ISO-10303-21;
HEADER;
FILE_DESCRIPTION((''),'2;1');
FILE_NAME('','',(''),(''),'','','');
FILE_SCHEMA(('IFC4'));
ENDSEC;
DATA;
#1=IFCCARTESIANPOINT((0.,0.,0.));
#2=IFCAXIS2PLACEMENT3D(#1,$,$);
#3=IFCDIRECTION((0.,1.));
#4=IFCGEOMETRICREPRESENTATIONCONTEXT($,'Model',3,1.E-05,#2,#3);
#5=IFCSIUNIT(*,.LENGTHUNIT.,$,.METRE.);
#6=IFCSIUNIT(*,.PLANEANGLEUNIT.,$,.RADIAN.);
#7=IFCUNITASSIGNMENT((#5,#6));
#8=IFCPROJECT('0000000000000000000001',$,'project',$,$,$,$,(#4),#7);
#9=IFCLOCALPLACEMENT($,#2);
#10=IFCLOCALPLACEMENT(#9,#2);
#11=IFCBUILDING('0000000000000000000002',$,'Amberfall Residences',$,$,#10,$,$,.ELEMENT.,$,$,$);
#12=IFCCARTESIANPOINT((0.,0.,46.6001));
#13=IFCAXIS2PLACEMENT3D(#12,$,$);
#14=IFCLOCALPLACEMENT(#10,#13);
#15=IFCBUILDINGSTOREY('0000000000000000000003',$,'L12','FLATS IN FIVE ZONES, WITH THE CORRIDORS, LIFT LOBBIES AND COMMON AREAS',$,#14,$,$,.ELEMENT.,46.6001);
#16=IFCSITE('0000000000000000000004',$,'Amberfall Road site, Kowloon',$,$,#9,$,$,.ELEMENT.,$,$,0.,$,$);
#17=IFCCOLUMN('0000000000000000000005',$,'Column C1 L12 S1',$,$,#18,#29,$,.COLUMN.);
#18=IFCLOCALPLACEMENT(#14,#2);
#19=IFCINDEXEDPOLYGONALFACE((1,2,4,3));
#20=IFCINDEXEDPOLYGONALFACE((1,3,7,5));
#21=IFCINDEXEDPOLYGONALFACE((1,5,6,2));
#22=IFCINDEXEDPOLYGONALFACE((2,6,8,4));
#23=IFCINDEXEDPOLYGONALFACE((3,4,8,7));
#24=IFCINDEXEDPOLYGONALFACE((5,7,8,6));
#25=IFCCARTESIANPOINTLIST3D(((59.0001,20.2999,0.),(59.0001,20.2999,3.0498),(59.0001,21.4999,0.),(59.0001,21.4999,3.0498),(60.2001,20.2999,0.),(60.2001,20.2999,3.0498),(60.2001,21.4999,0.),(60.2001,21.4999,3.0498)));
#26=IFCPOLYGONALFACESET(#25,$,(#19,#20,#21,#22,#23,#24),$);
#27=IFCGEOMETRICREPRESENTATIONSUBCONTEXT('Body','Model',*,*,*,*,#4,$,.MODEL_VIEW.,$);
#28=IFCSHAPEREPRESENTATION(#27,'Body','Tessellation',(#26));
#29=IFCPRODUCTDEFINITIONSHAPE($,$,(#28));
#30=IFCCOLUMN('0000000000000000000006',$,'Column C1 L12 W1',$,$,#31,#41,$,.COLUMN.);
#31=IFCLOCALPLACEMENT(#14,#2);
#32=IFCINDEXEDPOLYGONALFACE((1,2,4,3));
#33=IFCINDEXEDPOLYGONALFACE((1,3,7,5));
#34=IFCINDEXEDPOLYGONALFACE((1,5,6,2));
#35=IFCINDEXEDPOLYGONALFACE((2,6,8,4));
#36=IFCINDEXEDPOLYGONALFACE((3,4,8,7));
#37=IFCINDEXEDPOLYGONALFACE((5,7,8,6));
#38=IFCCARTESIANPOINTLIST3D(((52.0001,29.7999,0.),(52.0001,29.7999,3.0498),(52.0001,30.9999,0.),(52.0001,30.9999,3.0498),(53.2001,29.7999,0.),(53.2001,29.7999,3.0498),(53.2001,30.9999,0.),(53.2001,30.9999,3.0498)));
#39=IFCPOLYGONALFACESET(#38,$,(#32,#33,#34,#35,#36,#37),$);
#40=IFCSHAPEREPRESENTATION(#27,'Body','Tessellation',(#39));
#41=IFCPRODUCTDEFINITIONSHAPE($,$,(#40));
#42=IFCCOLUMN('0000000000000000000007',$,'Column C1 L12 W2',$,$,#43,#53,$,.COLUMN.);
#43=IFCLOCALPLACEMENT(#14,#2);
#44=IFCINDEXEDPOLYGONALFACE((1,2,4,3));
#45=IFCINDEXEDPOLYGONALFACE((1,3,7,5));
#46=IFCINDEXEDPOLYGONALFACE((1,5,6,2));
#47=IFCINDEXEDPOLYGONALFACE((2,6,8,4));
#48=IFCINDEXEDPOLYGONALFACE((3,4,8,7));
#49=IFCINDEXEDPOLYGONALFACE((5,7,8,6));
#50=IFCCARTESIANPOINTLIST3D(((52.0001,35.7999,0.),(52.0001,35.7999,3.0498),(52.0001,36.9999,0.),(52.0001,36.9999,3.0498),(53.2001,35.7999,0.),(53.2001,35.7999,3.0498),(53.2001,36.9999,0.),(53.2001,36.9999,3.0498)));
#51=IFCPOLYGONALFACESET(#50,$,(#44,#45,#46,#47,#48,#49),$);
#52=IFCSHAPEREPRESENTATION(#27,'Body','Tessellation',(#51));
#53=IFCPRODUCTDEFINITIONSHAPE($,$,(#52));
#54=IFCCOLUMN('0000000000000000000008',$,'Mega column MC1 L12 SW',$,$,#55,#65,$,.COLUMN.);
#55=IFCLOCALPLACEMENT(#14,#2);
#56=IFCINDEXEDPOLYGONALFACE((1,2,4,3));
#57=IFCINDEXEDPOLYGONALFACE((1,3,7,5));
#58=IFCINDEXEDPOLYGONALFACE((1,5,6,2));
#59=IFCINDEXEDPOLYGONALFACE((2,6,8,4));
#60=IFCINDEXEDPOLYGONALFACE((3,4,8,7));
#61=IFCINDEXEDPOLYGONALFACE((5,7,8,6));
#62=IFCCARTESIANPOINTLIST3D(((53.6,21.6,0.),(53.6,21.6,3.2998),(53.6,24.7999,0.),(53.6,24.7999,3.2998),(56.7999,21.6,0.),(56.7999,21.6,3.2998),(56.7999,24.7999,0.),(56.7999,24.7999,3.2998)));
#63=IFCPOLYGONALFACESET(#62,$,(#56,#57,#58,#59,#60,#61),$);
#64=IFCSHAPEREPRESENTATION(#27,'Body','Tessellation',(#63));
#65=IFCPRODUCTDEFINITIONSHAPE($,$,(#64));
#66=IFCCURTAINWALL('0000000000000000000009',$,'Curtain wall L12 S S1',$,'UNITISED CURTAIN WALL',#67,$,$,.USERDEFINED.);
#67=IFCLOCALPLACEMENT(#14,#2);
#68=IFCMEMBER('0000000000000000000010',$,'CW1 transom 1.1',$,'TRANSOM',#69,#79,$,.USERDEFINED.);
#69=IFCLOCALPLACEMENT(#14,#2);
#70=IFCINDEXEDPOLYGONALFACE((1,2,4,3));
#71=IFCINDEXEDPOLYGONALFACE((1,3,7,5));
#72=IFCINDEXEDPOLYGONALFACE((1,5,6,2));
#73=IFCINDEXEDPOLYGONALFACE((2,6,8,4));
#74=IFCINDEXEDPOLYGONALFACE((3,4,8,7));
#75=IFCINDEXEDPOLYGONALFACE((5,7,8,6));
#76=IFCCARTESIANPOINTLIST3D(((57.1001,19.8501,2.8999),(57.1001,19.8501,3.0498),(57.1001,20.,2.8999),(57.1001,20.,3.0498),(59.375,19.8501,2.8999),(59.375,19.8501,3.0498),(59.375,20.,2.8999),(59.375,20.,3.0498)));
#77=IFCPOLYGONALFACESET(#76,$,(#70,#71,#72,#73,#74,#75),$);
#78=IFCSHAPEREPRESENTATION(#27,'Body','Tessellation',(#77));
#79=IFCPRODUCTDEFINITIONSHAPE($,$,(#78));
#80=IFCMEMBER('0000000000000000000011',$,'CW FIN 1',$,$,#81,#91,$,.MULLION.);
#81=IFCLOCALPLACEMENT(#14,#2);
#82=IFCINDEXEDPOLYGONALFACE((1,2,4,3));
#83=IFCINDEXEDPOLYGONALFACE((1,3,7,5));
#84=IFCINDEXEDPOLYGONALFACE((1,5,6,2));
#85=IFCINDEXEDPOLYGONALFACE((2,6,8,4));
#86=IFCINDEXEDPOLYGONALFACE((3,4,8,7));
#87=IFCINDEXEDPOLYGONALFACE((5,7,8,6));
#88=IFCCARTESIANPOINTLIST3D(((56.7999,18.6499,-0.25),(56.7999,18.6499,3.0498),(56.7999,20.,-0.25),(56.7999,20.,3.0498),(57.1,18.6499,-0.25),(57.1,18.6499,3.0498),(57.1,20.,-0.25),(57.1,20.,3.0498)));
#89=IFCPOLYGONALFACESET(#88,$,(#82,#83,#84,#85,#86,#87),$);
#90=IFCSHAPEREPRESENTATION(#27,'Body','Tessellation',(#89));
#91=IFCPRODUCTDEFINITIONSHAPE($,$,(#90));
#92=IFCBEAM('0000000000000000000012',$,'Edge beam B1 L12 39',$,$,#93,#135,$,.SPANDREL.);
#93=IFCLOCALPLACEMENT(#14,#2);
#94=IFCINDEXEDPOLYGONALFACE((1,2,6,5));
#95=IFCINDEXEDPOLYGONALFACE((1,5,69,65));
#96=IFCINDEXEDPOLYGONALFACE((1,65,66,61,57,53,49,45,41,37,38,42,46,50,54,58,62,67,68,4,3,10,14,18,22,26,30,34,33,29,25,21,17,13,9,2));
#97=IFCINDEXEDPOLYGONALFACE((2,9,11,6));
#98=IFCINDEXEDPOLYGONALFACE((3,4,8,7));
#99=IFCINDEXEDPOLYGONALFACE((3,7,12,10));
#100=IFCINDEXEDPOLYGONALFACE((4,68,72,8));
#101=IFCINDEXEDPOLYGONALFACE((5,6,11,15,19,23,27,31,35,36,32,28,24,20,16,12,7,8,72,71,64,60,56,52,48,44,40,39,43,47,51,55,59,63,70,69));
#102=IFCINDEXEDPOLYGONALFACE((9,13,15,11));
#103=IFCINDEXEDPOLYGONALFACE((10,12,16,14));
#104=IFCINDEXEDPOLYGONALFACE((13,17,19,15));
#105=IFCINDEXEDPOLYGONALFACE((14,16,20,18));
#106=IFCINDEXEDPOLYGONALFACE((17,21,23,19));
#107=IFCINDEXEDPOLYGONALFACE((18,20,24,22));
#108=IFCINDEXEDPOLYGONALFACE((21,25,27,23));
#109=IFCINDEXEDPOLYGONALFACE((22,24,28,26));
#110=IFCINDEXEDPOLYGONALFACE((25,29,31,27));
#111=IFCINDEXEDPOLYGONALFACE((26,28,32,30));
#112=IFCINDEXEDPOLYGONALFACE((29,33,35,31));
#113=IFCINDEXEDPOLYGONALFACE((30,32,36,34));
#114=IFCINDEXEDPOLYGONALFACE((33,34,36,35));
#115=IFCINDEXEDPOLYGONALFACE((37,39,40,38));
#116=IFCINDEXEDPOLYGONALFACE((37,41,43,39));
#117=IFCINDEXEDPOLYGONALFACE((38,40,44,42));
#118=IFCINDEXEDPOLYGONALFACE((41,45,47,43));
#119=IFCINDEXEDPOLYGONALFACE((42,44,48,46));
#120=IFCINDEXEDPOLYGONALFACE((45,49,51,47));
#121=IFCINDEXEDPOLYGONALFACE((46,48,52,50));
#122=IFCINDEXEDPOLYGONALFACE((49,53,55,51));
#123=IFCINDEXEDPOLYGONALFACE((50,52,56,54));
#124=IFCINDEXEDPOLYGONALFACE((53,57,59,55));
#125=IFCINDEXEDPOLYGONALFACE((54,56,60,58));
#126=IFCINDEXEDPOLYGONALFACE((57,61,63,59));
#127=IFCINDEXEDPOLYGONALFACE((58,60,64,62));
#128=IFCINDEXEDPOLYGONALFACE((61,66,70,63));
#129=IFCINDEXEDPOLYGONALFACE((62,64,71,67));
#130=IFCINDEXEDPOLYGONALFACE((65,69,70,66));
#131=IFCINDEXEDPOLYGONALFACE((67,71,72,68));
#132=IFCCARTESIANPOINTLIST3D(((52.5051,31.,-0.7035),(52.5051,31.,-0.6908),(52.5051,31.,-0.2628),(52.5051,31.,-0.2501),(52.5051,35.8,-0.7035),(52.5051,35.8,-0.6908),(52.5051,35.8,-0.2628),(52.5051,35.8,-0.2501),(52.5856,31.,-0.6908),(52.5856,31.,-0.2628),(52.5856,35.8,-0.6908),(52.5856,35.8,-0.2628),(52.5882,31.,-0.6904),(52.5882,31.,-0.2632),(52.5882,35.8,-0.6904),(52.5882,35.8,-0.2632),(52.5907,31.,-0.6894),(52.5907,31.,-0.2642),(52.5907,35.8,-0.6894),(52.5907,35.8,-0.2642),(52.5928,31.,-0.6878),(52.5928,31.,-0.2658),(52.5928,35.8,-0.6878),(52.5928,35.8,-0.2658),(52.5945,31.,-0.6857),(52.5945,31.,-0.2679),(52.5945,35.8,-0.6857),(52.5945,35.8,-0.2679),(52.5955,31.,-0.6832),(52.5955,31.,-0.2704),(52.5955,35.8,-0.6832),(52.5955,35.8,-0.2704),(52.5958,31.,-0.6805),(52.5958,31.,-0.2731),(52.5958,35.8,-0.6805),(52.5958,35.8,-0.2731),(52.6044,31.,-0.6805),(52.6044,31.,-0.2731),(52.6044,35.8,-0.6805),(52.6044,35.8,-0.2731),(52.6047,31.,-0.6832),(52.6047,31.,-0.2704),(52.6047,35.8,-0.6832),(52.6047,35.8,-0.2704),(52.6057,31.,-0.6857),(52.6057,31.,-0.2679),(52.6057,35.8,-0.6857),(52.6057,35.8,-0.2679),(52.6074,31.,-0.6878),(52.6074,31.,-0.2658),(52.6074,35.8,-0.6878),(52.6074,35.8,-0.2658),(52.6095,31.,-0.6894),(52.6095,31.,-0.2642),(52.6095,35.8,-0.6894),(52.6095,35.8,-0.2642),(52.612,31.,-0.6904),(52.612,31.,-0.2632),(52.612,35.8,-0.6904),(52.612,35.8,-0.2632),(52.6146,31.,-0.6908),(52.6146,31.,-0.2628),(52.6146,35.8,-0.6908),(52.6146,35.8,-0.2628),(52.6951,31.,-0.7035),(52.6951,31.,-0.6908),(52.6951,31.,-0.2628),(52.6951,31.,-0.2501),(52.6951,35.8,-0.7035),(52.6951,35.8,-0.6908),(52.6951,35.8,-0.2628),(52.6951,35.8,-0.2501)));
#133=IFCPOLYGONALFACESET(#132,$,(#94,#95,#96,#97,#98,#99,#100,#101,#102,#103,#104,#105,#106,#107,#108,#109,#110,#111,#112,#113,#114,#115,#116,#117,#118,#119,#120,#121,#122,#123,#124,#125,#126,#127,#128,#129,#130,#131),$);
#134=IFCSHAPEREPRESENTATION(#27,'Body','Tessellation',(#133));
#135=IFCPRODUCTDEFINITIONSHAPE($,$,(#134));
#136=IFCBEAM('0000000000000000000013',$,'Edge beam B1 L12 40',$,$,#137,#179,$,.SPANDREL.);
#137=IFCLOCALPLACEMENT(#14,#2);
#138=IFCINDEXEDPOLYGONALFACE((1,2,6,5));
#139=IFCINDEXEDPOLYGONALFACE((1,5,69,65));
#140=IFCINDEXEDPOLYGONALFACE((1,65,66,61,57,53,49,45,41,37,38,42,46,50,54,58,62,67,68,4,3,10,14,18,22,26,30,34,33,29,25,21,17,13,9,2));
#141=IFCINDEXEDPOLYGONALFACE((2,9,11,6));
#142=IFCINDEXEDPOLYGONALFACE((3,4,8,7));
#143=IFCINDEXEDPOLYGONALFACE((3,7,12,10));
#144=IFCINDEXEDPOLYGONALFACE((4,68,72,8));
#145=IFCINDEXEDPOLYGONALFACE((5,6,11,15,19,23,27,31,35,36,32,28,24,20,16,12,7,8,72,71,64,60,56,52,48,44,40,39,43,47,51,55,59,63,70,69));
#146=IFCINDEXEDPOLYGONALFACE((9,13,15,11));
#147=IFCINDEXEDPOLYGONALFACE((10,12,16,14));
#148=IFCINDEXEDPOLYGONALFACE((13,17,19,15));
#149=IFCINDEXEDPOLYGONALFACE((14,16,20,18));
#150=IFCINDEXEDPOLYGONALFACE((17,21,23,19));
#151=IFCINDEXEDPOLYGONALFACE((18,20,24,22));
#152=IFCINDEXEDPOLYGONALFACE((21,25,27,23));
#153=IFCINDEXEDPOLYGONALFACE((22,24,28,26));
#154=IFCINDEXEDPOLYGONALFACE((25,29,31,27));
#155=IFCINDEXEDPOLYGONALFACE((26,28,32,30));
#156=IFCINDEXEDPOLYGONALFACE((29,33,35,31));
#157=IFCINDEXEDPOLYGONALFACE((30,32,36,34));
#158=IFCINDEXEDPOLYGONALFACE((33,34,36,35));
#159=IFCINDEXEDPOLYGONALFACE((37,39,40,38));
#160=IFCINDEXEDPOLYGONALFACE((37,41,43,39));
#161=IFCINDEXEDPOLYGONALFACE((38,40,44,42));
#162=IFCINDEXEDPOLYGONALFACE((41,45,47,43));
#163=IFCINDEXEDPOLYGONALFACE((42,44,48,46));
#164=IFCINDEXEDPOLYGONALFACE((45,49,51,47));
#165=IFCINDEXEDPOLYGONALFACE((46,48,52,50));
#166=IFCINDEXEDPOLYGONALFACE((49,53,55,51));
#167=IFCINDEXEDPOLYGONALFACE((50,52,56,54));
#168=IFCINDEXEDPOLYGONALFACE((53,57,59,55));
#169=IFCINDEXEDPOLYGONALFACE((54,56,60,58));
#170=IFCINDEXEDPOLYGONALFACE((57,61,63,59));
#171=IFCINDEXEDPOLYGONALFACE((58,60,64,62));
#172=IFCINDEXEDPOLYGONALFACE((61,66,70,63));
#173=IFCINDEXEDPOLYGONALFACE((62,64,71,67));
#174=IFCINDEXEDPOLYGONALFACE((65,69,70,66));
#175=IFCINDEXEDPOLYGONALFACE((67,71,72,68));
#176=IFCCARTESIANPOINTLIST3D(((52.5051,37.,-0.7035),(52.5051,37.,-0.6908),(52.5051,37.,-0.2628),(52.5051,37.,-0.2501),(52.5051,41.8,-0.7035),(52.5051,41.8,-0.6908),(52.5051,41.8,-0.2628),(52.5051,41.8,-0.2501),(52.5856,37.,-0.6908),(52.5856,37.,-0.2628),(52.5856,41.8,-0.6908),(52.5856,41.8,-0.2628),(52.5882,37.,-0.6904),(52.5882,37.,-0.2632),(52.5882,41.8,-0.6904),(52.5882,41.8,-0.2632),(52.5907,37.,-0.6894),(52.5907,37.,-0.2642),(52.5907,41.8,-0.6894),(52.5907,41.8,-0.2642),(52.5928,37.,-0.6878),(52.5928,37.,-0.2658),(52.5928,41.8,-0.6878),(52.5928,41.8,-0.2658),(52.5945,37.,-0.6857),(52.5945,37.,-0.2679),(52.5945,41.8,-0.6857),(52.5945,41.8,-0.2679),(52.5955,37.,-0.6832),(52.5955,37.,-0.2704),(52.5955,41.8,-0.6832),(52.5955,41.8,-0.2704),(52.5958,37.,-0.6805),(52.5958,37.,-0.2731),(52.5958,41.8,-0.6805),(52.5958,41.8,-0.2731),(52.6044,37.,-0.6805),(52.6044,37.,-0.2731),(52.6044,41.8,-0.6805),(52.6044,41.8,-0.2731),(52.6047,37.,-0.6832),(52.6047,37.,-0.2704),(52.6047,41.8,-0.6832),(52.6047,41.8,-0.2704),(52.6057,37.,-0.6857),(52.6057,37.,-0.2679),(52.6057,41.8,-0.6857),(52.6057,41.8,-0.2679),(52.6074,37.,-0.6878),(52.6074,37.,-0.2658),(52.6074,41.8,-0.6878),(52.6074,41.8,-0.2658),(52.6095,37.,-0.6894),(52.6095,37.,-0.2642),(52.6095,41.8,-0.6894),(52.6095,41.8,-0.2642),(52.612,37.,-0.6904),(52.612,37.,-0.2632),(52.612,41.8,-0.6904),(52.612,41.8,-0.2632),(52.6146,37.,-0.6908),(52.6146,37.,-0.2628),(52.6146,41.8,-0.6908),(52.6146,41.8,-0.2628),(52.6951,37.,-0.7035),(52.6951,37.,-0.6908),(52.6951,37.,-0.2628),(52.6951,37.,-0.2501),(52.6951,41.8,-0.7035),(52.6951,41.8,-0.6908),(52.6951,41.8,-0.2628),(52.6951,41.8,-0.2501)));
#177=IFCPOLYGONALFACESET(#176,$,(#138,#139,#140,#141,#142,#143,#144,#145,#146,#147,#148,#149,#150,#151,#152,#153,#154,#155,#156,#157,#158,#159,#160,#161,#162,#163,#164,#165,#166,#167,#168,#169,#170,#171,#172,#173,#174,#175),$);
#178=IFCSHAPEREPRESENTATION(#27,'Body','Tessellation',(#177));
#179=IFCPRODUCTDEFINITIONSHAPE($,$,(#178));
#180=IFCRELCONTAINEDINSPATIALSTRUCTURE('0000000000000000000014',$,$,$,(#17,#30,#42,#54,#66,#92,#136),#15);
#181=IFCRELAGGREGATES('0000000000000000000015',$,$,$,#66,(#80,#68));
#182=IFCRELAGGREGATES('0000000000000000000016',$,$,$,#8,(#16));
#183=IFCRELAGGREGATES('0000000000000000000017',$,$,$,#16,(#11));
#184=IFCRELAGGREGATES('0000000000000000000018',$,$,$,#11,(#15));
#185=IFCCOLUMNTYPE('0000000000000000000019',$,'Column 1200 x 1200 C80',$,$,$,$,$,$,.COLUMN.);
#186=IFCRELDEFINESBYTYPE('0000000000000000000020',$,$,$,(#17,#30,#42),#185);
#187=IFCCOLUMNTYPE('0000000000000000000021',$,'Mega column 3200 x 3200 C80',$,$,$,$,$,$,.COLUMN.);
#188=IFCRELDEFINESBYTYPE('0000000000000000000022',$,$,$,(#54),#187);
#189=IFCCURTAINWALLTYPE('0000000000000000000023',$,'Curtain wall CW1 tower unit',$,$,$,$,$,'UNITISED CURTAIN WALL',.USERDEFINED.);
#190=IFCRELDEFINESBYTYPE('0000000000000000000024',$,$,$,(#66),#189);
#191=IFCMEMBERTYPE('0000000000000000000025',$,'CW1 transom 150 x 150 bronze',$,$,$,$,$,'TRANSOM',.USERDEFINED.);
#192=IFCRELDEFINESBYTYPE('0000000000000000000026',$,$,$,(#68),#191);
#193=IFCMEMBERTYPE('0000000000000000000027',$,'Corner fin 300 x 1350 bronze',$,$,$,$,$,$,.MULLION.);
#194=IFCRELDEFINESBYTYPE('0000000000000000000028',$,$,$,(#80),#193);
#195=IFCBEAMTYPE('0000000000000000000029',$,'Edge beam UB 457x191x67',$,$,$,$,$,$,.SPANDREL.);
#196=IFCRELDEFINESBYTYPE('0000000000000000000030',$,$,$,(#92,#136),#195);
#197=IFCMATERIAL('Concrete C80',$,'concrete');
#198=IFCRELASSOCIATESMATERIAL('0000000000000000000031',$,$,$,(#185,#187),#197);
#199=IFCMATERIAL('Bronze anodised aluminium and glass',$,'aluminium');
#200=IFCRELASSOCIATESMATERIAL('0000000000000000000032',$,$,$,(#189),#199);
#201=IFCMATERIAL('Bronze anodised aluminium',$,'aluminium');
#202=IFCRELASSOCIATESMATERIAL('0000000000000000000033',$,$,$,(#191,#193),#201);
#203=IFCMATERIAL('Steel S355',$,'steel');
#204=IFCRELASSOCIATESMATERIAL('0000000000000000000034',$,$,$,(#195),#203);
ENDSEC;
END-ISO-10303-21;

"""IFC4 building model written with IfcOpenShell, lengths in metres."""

from ifc_helpers import new_model, si_unit, direction, frame, origin, origin_2d, place, context, subcontext, project, spatial, rectangle, i_section, extrude, material, material_profile, profile_set, type_object, element, aggregate, save


model = new_model("IFC4")

# Units and contexts
model_context = context("Model", 3, precision=1e-05, world=origin(), true_north=direction((0.0, 1.0)))
body_context = subcontext(model_context, "Body", "Model", "MODEL_VIEW")
ifc_project = project(units=[si_unit("LENGTHUNIT", "METRE"), si_unit("PLANEANGLEUNIT", "RADIAN")], contexts=[model_context])

# Site, building, storey
site_placement = place(None, origin())
site = spatial("IfcSite", under=ifc_project, at=site_placement, Name="Amberfall Road site, Kowloon", CompositionType="ELEMENT", RefElevation=0.0)
building_placement = place(site_placement, origin())
building = spatial("IfcBuilding", under=site, at=building_placement, Name="Amberfall Residences", CompositionType="ELEMENT")
storey_placement = place(building_placement, frame((0.0, 0.0, 46.6001)))
storey = spatial("IfcBuildingStorey", under=building, at=storey_placement, Name="L12", Description="FLATS IN FIVE ZONES, WITH THE CORRIDORS, LIFT LOBBIES AND COMMON AREAS", CompositionType="ELEMENT", Elevation=46.6001)

# Columns
ifc_material_1 = material(Name="Concrete C80", Category="concrete")
ifc_material_profile_1 = material_profile(ifc_material_1, rectangle(XDim=1.2, YDim=1.2, at=origin_2d()), Name="Column 1200 x 1200 C80")
ifc_profile_set_1 = profile_set([ifc_material_profile_1], Name="Concrete C80")
column_type_1 = type_object("IfcColumnType", Name="Column 1200 x 1200 C80", PredefinedType="COLUMN", material=ifc_profile_set_1)
for number, where, z_axis, x_axis, name in (
    (1, (59.6001, 20.8999, 0.0), (0.0, 0.0, 1.0), (1.0, 0.0, 0.0), "Column C1 L12 S1"),
    (2, (52.6001, 30.3999, 0.0), (0.0, 0.0, 1.0), (1.0, 0.0, 0.0), "Column C1 L12 W1"),
    (3, (52.6001, 36.3999, 0.0), (0.0, 0.0, 1.0), (1.0, 0.0, 0.0), "Column C1 L12 W2"),
):
    element("IfcColumn", number, at=place(storey_placement, frame(where, z_axis=z_axis, x_axis=x_axis)), inside=storey, type_object=column_type_1, Name=name, PredefinedType="COLUMN", context=body_context, shape_type="SweptSolid", body=[
        extrude(rectangle(XDim=1.2, YDim=1.2, at=origin_2d()), origin(), (0.0, 0.0, 1.0), 3.0498),
    ])
ifc_material_profile_2 = material_profile(ifc_material_1, rectangle(XDim=3.2, YDim=3.2, at=origin_2d()), Name="Mega column 3200 x 3200 C80")
ifc_profile_set_2 = profile_set([ifc_material_profile_2], Name="Concrete C80")
column_type_2 = type_object("IfcColumnType", Name="Mega column 3200 x 3200 C80", PredefinedType="COLUMN", material=ifc_profile_set_2)
column_placement = place(storey_placement, frame((55.2, 23.2, 0.0), z_axis=(0.0, 0.0, 1.0), x_axis=(1.0, 0.0, 0.0)))
element("IfcColumn", 4, at=column_placement, inside=storey, type_object=column_type_2, Name="Mega column MC1 L12 SW", PredefinedType="COLUMN", context=body_context, shape_type="SweptSolid", body=[
    extrude(rectangle(XDim=3.2, YDim=3.2, at=origin_2d()), origin(), (0.0, 0.0, 1.0), 3.2998),
])

# Curtain wall, members
ifc_material_2 = material(Name="Bronze anodised aluminium and glass", Category="aluminium")
curtain_wall_type = type_object("IfcCurtainWallType", Name="Curtain wall CW1 tower unit", ElementType="UNITISED CURTAIN WALL", PredefinedType="USERDEFINED", material=ifc_material_2)
curtain_wall_placement = place(storey_placement, origin())
curtain_wall = element("IfcCurtainWall", 5, at=curtain_wall_placement, inside=storey, type_object=curtain_wall_type, Name="Curtain wall L12 S S1", ObjectType="UNITISED CURTAIN WALL", PredefinedType="USERDEFINED")
ifc_material_3 = material(Name="Bronze anodised aluminium", Category="aluminium")
ifc_material_profile_3 = material_profile(ifc_material_3, rectangle(XDim=0.1499, YDim=0.1499, at=origin_2d()), Name="CW1 transom 150 x 150 bronze")
ifc_profile_set_3 = profile_set([ifc_material_profile_3], Name="Bronze anodised aluminium")
member_type_1 = type_object("IfcMemberType", Name="CW1 transom 150 x 150 bronze", ElementType="TRANSOM", PredefinedType="USERDEFINED", material=ifc_profile_set_3)
member_1_placement = place(storey_placement, frame((57.1001, 19.925, 2.9749), z_axis=(1.0, 0.0, 0.0), x_axis=(0.0, 1.0, 0.0)))
member_1 = element("IfcMember", 6, at=member_1_placement, type_object=member_type_1, Name="CW1 transom 1.1", ObjectType="TRANSOM", PredefinedType="USERDEFINED", context=body_context, shape_type="SweptSolid", body=[
    extrude(rectangle(XDim=0.1499, YDim=0.1499, at=origin_2d()), origin(), (0.0, 0.0, 1.0), 2.2749),
])
ifc_material_profile_4 = material_profile(ifc_material_3, rectangle(XDim=1.3501, YDim=0.3, at=origin_2d()), Name="Corner fin 300 x 1350 bronze")
ifc_profile_set_4 = profile_set([ifc_material_profile_4], Name="Bronze anodised aluminium")
member_type_2 = type_object("IfcMemberType", Name="Corner fin 300 x 1350 bronze", PredefinedType="MULLION", material=ifc_profile_set_4)
member_2_placement = place(storey_placement, frame((56.95, 19.325, -0.25), z_axis=(0.0, 0.0, 1.0), x_axis=(0.0, 1.0, 0.0)))
member_2 = element("IfcMember", 7, at=member_2_placement, type_object=member_type_2, Name="CW FIN 1", PredefinedType="MULLION", context=body_context, shape_type="SweptSolid", body=[
    extrude(rectangle(XDim=1.3501, YDim=0.3, at=origin_2d()), origin(), (0.0, 0.0, 1.0), 3.2998),
])

# Beams
ifc_material_4 = material(Name="Steel S355", Category="steel")
ifc_material_profile_5 = material_profile(ifc_material_4, i_section(OverallWidth=0.1899, OverallDepth=0.4534, WebThickness=0.0085, FlangeThickness=0.0127, FilletRadius=0.0103, at=origin_2d()), Name="UB 457x191x67")
ifc_profile_set_5 = profile_set([ifc_material_profile_5], Name="Steel S355")
beam_type_1 = type_object("IfcBeamType", Name="Edge beam UB 457x191x67", PredefinedType="SPANDREL", material=ifc_profile_set_5)
for number, where, z_axis, x_axis, name in (
    (8, (52.6001, 31.0, -0.4768), (0.0, 1.0, 0.0), (-1.0, 0.0, 0.0), "Edge beam B1 L12 39"),
    (9, (52.6001, 37.0, -0.4768), (0.0, 1.0, 0.0), (-1.0, 0.0, 0.0), "Edge beam B1 L12 40"),
):
    element("IfcBeam", number, at=place(storey_placement, frame(where, z_axis=z_axis, x_axis=x_axis)), inside=storey, type_object=beam_type_1, Name=name, PredefinedType="SPANDREL", context=body_context, shape_type="SweptSolid", body=[
        extrude(i_section(OverallWidth=0.1899, OverallDepth=0.4534, WebThickness=0.0085, FlangeThickness=0.0127, FilletRadius=0.0103, at=origin_2d()), origin(), (0.0, 0.0, 1.0), 4.8),
    ])

aggregate(curtain_wall, [member_2, member_1])

save(model, "model.ifc")
